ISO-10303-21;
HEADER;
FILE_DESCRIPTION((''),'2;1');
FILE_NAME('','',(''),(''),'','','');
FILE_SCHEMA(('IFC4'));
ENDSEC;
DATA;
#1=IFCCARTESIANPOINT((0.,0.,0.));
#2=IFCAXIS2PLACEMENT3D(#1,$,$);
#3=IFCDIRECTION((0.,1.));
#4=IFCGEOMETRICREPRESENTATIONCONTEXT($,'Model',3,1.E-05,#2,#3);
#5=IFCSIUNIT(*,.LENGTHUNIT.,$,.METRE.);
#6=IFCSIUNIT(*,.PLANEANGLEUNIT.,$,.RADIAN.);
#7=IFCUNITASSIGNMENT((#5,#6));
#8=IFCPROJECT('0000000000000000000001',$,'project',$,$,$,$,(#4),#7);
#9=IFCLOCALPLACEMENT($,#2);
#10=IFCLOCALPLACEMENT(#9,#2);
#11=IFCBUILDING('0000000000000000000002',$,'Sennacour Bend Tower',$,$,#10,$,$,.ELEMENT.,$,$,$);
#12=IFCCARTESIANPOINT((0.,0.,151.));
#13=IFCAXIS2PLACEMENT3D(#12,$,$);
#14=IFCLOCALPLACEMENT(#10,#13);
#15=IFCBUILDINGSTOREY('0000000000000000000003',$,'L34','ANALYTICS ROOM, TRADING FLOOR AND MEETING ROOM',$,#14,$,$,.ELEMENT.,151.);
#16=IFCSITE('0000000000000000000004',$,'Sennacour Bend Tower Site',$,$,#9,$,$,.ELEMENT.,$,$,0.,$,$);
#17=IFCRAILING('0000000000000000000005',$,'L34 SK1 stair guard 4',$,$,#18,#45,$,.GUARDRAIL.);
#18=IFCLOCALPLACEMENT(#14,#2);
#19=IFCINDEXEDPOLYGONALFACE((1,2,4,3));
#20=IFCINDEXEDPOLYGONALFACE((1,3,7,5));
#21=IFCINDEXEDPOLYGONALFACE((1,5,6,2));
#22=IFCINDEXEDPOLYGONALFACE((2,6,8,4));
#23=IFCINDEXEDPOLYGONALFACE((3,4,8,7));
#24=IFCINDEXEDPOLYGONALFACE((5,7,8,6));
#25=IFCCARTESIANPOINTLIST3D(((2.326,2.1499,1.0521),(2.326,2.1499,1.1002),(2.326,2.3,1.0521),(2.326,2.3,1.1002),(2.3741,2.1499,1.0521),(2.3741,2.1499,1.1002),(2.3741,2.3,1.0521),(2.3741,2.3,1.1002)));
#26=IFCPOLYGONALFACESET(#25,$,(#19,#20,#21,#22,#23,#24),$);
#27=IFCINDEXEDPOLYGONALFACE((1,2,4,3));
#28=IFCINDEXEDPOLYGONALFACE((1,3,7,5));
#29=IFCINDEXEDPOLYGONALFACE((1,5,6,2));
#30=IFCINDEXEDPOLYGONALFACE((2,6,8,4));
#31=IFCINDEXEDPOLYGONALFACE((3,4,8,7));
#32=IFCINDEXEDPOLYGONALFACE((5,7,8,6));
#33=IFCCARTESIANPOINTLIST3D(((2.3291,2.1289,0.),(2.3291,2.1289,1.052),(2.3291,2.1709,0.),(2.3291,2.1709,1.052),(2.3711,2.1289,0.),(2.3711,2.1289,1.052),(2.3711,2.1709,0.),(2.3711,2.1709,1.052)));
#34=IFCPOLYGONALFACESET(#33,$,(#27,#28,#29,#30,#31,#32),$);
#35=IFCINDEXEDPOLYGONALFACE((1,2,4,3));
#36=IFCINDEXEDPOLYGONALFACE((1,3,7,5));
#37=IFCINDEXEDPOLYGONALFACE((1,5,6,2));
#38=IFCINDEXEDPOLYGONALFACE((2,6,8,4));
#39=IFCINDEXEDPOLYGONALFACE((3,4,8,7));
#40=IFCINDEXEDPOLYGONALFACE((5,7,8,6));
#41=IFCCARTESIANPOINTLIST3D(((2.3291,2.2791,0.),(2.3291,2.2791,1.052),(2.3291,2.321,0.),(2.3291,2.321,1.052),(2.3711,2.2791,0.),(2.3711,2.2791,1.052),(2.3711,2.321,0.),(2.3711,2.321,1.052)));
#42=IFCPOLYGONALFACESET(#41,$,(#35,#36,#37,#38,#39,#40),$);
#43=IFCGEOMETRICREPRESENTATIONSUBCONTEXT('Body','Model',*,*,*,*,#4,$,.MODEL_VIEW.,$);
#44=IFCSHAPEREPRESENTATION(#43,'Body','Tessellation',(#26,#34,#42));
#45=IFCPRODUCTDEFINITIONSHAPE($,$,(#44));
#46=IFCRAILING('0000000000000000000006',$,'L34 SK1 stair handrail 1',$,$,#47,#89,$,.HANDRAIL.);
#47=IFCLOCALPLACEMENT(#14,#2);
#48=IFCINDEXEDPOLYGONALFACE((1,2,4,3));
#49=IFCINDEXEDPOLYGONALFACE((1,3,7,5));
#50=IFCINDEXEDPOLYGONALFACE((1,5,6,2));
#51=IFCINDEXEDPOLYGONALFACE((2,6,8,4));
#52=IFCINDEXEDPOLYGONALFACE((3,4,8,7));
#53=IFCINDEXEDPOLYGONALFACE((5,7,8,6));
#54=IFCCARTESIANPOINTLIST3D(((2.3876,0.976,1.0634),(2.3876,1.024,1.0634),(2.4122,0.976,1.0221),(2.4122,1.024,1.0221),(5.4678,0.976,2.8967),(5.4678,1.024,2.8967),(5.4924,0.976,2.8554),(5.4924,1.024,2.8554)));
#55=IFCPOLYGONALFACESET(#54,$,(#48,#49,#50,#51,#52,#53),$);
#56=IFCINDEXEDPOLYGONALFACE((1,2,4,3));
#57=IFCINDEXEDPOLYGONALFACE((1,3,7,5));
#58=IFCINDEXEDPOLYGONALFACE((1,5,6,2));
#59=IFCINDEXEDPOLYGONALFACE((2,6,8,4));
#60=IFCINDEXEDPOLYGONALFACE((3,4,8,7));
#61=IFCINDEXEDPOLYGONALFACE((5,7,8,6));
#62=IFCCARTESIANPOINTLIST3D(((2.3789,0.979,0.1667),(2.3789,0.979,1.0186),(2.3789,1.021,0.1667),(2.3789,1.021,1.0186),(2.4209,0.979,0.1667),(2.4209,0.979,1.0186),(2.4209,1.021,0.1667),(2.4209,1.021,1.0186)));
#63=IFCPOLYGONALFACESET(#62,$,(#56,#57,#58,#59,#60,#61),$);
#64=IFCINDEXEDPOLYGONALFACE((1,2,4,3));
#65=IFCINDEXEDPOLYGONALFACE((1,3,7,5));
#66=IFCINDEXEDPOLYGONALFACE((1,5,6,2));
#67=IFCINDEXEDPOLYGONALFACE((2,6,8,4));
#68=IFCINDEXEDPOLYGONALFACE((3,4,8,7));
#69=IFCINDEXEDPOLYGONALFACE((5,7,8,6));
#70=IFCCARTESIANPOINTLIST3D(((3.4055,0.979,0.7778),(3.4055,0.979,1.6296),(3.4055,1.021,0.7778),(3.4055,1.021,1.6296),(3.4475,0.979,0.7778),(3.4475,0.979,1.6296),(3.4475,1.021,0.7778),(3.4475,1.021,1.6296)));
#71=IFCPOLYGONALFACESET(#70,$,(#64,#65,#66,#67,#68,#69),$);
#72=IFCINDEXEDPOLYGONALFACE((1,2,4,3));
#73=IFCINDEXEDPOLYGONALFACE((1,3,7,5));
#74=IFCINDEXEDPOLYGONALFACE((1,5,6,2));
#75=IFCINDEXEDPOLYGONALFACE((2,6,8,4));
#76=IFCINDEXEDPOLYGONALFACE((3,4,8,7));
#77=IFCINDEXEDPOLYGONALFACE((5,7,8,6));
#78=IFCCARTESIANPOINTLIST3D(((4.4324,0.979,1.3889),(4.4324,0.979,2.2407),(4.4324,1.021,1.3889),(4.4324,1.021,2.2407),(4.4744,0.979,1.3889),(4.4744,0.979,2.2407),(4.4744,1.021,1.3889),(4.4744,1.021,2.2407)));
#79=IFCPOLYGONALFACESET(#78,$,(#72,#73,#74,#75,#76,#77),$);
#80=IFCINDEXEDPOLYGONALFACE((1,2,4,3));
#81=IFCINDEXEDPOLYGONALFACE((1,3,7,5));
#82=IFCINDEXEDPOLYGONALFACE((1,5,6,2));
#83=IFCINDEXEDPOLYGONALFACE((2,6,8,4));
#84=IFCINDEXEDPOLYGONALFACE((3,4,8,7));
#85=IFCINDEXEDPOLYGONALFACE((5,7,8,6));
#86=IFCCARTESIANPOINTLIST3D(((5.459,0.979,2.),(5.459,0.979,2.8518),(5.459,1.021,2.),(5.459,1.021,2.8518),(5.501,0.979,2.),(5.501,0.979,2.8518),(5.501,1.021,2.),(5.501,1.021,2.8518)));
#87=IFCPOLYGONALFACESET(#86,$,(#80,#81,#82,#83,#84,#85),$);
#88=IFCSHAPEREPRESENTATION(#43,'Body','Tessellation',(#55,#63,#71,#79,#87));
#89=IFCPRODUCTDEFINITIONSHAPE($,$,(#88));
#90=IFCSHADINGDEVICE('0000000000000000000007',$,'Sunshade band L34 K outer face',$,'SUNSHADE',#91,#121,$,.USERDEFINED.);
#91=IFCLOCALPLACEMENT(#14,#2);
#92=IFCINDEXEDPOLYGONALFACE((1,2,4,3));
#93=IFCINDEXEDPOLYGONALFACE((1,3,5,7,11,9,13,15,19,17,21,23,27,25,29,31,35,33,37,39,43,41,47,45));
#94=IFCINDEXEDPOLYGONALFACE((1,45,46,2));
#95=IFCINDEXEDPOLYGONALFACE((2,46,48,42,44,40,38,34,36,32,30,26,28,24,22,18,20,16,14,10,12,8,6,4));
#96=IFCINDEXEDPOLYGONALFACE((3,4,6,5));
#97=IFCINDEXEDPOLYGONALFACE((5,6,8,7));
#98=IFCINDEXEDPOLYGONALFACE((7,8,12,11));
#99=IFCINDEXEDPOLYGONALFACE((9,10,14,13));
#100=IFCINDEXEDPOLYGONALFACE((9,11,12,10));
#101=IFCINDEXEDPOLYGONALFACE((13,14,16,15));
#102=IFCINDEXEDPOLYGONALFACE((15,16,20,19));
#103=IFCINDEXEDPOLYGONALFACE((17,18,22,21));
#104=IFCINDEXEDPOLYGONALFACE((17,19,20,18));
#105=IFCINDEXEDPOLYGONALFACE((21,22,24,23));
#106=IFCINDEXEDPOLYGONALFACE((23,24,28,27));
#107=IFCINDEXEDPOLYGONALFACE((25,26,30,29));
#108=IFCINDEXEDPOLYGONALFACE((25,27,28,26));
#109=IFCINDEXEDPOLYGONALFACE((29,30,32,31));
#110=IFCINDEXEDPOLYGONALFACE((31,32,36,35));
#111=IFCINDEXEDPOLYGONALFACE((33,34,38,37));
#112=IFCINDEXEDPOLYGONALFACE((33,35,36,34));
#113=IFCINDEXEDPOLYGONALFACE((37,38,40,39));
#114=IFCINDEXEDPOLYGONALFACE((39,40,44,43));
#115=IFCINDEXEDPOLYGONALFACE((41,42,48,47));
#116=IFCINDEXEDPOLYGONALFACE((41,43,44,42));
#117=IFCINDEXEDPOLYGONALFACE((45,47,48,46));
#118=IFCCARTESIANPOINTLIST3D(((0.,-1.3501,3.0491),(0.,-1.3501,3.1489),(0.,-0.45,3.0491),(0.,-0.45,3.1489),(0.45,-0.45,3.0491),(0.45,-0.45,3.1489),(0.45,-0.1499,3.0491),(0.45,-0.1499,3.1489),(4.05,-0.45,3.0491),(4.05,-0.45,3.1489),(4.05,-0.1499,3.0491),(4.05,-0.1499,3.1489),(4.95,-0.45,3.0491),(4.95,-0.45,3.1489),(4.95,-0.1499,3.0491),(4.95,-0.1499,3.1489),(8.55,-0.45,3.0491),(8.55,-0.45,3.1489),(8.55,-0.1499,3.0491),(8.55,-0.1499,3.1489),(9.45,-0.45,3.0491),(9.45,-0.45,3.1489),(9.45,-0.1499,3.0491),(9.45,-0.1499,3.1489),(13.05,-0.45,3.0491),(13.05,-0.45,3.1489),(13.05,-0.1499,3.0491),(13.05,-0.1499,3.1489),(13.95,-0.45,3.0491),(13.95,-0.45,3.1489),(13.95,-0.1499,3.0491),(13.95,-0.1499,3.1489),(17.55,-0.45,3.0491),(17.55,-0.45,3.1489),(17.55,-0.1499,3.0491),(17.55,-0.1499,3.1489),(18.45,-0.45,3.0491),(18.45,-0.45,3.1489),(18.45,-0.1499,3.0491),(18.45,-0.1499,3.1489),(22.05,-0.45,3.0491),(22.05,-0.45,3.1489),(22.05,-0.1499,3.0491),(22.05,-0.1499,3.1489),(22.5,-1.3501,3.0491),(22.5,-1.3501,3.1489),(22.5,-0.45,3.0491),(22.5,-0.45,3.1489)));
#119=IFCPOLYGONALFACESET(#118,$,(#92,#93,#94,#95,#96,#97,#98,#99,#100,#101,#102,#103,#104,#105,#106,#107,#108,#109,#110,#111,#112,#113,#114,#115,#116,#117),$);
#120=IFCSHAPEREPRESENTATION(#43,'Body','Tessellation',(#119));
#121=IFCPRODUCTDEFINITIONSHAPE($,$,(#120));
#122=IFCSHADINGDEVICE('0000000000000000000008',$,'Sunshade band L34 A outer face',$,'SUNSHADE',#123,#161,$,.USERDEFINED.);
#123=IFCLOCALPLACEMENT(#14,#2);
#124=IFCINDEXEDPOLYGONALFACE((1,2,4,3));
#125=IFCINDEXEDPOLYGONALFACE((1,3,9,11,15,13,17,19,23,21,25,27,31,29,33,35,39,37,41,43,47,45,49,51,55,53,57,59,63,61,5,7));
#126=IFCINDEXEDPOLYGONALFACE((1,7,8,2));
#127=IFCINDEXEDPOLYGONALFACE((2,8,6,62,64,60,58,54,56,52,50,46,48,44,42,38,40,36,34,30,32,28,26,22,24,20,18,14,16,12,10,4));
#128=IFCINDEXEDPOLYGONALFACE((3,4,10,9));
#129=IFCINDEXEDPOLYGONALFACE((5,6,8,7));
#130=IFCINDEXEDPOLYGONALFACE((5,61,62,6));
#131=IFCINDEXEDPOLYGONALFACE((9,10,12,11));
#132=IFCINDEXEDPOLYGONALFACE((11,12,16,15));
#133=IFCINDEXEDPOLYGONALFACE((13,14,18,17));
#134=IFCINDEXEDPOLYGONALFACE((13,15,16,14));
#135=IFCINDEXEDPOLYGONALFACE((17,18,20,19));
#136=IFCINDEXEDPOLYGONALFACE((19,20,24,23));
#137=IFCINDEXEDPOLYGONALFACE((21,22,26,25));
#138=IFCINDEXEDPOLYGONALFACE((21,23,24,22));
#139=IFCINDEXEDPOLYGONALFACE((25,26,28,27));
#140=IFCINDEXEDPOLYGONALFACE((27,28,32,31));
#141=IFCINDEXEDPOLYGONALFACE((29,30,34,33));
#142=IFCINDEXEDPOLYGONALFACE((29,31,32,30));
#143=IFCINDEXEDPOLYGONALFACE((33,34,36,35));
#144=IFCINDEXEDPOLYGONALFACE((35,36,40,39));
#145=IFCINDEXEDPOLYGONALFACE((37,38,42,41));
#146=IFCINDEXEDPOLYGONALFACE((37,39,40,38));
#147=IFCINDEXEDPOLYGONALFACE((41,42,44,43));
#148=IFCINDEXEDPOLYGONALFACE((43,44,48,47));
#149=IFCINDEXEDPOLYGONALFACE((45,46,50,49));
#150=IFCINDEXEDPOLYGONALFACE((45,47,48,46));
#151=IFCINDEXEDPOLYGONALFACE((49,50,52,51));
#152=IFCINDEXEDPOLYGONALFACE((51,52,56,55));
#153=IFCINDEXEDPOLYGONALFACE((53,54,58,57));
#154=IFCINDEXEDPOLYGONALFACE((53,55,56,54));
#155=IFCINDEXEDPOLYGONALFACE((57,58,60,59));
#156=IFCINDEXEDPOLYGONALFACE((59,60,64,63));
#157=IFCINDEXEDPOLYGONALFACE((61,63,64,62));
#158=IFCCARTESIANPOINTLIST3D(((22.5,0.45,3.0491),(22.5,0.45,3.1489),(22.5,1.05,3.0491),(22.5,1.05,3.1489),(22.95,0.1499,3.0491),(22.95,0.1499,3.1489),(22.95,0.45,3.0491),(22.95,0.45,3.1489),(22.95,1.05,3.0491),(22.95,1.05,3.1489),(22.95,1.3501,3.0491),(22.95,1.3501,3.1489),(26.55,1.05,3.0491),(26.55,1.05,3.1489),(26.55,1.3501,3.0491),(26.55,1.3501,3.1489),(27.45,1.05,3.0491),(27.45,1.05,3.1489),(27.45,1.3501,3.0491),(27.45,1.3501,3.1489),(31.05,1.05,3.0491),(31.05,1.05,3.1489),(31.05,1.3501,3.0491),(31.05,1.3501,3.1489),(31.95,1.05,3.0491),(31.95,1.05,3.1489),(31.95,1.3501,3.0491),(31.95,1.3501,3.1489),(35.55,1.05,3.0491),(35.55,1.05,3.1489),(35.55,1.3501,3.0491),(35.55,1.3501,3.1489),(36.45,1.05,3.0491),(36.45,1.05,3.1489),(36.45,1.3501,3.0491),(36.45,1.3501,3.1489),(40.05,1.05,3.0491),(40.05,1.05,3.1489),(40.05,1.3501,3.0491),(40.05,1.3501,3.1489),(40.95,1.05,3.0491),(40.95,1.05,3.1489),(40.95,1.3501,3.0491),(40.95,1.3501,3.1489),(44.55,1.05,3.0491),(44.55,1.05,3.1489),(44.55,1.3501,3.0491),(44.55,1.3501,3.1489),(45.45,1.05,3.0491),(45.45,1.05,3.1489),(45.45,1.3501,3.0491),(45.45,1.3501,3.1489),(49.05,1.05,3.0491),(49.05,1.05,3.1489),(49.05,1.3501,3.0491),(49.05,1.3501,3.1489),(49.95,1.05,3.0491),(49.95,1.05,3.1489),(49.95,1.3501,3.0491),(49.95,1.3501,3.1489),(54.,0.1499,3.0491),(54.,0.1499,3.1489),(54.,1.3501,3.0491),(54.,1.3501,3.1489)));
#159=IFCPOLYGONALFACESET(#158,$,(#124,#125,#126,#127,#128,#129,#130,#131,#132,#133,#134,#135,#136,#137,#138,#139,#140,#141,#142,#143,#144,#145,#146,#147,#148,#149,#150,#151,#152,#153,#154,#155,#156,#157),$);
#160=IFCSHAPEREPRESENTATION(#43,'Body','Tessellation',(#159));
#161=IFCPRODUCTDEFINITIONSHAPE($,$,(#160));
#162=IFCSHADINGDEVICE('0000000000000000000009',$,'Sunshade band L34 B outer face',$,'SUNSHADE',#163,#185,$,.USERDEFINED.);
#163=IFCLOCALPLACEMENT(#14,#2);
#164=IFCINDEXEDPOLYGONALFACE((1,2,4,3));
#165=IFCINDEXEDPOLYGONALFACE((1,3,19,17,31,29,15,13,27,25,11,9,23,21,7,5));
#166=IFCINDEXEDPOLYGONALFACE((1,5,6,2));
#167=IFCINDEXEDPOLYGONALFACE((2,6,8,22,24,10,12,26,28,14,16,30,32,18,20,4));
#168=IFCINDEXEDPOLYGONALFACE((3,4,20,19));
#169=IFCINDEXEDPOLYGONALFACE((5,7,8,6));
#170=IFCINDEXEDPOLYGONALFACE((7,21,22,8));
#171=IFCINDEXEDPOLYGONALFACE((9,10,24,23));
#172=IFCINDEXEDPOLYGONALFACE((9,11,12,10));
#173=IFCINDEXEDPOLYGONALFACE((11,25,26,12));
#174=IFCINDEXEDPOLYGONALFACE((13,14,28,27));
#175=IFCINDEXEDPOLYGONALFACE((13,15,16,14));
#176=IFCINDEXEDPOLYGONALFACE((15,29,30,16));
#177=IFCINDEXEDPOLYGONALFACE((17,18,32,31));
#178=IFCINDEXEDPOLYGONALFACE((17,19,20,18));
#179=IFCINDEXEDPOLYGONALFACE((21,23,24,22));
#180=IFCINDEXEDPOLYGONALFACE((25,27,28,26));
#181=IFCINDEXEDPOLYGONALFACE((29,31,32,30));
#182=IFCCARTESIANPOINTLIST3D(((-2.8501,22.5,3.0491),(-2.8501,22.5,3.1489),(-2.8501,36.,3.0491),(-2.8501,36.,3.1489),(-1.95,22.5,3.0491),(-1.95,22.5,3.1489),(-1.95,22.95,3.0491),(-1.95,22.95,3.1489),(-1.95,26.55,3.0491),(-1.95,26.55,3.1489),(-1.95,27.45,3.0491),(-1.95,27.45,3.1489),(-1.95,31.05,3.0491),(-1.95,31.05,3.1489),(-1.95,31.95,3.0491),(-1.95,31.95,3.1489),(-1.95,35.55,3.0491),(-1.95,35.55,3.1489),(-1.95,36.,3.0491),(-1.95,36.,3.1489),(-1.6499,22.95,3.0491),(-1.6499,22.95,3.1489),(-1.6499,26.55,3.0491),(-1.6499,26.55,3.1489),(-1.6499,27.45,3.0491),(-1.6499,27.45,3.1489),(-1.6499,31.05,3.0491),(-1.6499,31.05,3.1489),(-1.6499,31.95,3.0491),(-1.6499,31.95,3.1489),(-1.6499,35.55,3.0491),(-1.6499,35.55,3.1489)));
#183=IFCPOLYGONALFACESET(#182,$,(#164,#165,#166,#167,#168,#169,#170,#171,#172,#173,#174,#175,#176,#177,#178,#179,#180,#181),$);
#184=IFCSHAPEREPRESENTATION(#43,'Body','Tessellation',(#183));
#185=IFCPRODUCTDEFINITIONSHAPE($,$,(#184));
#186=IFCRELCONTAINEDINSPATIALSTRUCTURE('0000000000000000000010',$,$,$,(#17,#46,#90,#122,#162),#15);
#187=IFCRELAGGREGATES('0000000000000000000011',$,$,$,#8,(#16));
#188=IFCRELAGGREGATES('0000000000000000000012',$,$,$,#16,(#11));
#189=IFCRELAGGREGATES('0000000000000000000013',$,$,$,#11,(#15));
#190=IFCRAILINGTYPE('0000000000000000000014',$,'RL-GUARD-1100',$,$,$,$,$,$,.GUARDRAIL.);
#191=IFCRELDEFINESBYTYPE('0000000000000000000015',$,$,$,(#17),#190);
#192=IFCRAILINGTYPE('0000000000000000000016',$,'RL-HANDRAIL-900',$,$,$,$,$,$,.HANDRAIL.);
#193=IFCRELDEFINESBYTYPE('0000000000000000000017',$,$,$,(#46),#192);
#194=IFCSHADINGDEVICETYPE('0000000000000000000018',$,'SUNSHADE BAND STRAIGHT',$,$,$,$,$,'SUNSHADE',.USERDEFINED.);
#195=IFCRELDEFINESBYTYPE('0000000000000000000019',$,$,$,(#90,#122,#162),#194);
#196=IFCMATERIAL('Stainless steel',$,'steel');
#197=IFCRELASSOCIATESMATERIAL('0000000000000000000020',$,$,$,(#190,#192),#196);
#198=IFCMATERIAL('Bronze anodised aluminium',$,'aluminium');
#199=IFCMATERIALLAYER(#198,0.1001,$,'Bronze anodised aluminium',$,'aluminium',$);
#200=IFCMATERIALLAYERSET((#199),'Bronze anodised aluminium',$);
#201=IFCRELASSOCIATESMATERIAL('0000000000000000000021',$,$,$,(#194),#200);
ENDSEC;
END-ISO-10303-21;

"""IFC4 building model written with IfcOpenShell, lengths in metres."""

from ifc_helpers import new_model, si_unit, direction, frame, origin, origin_2d, place, context, subcontext, project, spatial, polyline, rectangle, outline, extrude, material, layer, layer_set, type_object, element, save


model = new_model("IFC4")

# Units and contexts
model_context = context("Model", 3, precision=1e-05, world=origin(), true_north=direction((0.0, 1.0)))
body_context = subcontext(model_context, "Body", "Model", "MODEL_VIEW")
ifc_project = project(units=[si_unit("LENGTHUNIT", "METRE"), si_unit("PLANEANGLEUNIT", "RADIAN")], contexts=[model_context])

# Site, building, storey
site_placement = place(None, origin())
site = spatial("IfcSite", under=ifc_project, at=site_placement, Name="Sennacour Bend Tower Site", CompositionType="ELEMENT", RefElevation=0.0)
building_placement = place(site_placement, origin())
building = spatial("IfcBuilding", under=site, at=building_placement, Name="Sennacour Bend Tower", CompositionType="ELEMENT")
storey_placement = place(building_placement, frame((0.0, 0.0, 151.0)))
storey = spatial("IfcBuildingStorey", under=building, at=storey_placement, Name="L34", Description="ANALYTICS ROOM, TRADING FLOOR AND MEETING ROOM", CompositionType="ELEMENT", Elevation=151.0)

# Railings
ifc_material_1 = material(Name="Stainless steel", Category="steel")
railing_type_1 = type_object("IfcRailingType", Name="RL-GUARD-1100", PredefinedType="GUARDRAIL", material=ifc_material_1)
railing_1_placement = place(storey_placement, frame((2.3501, 2.1499, 0.0)))
element("IfcRailing", 1, at=railing_1_placement, inside=storey, type_object=railing_type_1, Name="L34 SK1 stair guard 4", PredefinedType="GUARDRAIL", context=body_context, shape_type="SweptSolid", body=[
    extrude(rectangle(XDim=0.0481, YDim=0.0481, at=origin_2d()), frame((0.0, 0.0, 1.0762), z_axis=(0.0, 1.0, 0.0), x_axis=(-1.0, 0.0, 0.0)), (0.0, 0.0, 1.0), 0.1501),
    extrude(rectangle(XDim=0.042, YDim=0.042, at=origin_2d()), origin(), (0.0, 0.0, 1.0), 1.052),
    extrude(rectangle(XDim=0.042, YDim=0.042, at=origin_2d()), frame((0.0, 0.1501, 0.0)), (0.0, 0.0, 1.0), 1.052),
])
railing_type_2 = type_object("IfcRailingType", Name="RL-HANDRAIL-900", PredefinedType="HANDRAIL", material=ifc_material_1)
railing_2_placement = place(storey_placement, frame((2.3999, 1.0, 0.1667)))
element("IfcRailing", 2, at=railing_2_placement, inside=storey, type_object=railing_type_2, Name="L34 SK1 stair handrail 1", PredefinedType="HANDRAIL", context=body_context, shape_type="SweptSolid", body=[
    extrude(rectangle(XDim=0.0481, YDim=0.0481, at=origin_2d()), frame((0.0, 0.0, 0.876), z_axis=(0.859309, 0.0, 0.511458), x_axis=(0.0, 1.0, 0.0)), (0.0, 0.0, 1.0), 3.5845),
    extrude(rectangle(XDim=0.042, YDim=0.042, at=origin_2d()), origin(), (0.0, 0.0, 1.0), 0.8518),
    extrude(rectangle(XDim=0.042, YDim=0.042, at=origin_2d()), frame((1.0266, 0.0, 0.6111)), (0.0, 0.0, 1.0), 0.8518),
    extrude(rectangle(XDim=0.042, YDim=0.042, at=origin_2d()), frame((2.0535, 0.0, 1.2222)), (0.0, 0.0, 1.0), 0.8518),
    extrude(rectangle(XDim=0.042, YDim=0.042, at=origin_2d()), frame((3.0801, 0.0, 1.8333)), (0.0, 0.0, 1.0), 0.8518),
])

# Shading devices
ifc_material_2 = material(Name="Bronze anodised aluminium", Category="aluminium")
ifc_layer_1 = layer(ifc_material_2, 0.1001, Name="Bronze anodised aluminium", Category="aluminium")
ifc_layer_set_1 = layer_set([ifc_layer_1], Name="Bronze anodised aluminium")
shading_device_type_1 = type_object("IfcShadingDeviceType", Name="SUNSHADE BAND STRAIGHT", ElementType="SUNSHADE", PredefinedType="USERDEFINED", material=ifc_layer_set_1)
shading_device_1_placement = place(storey_placement, frame((0.0, 0.0, 3.0491)))
element("IfcShadingDevice", 3, at=shading_device_1_placement, inside=storey, type_object=shading_device_type_1, Name="Sunshade band L34 K outer face", ObjectType="SUNSHADE", PredefinedType="USERDEFINED", context=body_context, shape_type="SweptSolid", body=[
    extrude(outline(polyline([(4.05, -0.1499), (4.05, -0.45), (4.95, -0.45), (4.95, -0.1499), (8.55, -0.1499), (8.55, -0.45), (9.45, -0.45), (9.45, -0.1499), (13.05, -0.1499), (13.05, -0.45), (13.95, -0.45), (13.95, -0.1499), (17.55, -0.1499), (17.55, -0.45), (18.45, -0.45), (18.45, -0.1499), (22.05, -0.1499), (22.05, -0.45), (22.5, -0.45), (22.5, -1.3501), (0.0, -1.3501), (0.0, -0.45), (0.45, -0.45), (0.45, -0.1499), (4.05, -0.1499)])), origin(), (0.0, 0.0, 1.0), 0.0999),
])
shading_device_2_placement = place(storey_placement, frame((0.0, 0.0, 3.0491)))
element("IfcShadingDevice", 4, at=shading_device_2_placement, inside=storey, type_object=shading_device_type_1, Name="Sunshade band L34 A outer face", ObjectType="SUNSHADE", PredefinedType="USERDEFINED", context=body_context, shape_type="SweptSolid", body=[
    extrude(outline(polyline([(26.55, 1.3501), (26.55, 1.05), (27.45, 1.05), (27.45, 1.3501), (31.05, 1.3501), (31.05, 1.05), (31.95, 1.05), (31.95, 1.3501), (35.55, 1.3501), (35.55, 1.05), (36.45, 1.05), (36.45, 1.3501), (40.05, 1.3501), (40.05, 1.05), (40.95, 1.05), (40.95, 1.3501), (44.55, 1.3501), (44.55, 1.05), (45.45, 1.05), (45.45, 1.3501), (49.05, 1.3501), (49.05, 1.05), (49.95, 1.05), (49.95, 1.3501), (54.0, 1.3501), (54.0, 0.1499), (22.95, 0.1499), (22.95, 0.45), (22.5, 0.45), (22.5, 1.05), (22.95, 1.05), (22.95, 1.3501), (26.55, 1.3501)])), origin(), (0.0, 0.0, 1.0), 0.0999),
])
shading_device_3_placement = place(storey_placement, frame((0.0, 0.0, 3.0491)))
element("IfcShadingDevice", 5, at=shading_device_3_placement, inside=storey, type_object=shading_device_type_1, Name="Sunshade band L34 B outer face", ObjectType="SUNSHADE", PredefinedType="USERDEFINED", context=body_context, shape_type="SweptSolid", body=[
    extrude(outline(polyline([(-1.6499, 31.95), (-1.95, 31.95), (-1.95, 31.05), (-1.6499, 31.05), (-1.6499, 27.45), (-1.95, 27.45), (-1.95, 26.55), (-1.6499, 26.55), (-1.6499, 22.95), (-1.95, 22.95), (-1.95, 22.5), (-2.8501, 22.5), (-2.8501, 36.0), (-1.95, 36.0), (-1.95, 35.55), (-1.6499, 35.55), (-1.6499, 31.95)])), origin(), (0.0, 0.0, 1.0), 0.0999),
])

save(model, "model.ifc")
